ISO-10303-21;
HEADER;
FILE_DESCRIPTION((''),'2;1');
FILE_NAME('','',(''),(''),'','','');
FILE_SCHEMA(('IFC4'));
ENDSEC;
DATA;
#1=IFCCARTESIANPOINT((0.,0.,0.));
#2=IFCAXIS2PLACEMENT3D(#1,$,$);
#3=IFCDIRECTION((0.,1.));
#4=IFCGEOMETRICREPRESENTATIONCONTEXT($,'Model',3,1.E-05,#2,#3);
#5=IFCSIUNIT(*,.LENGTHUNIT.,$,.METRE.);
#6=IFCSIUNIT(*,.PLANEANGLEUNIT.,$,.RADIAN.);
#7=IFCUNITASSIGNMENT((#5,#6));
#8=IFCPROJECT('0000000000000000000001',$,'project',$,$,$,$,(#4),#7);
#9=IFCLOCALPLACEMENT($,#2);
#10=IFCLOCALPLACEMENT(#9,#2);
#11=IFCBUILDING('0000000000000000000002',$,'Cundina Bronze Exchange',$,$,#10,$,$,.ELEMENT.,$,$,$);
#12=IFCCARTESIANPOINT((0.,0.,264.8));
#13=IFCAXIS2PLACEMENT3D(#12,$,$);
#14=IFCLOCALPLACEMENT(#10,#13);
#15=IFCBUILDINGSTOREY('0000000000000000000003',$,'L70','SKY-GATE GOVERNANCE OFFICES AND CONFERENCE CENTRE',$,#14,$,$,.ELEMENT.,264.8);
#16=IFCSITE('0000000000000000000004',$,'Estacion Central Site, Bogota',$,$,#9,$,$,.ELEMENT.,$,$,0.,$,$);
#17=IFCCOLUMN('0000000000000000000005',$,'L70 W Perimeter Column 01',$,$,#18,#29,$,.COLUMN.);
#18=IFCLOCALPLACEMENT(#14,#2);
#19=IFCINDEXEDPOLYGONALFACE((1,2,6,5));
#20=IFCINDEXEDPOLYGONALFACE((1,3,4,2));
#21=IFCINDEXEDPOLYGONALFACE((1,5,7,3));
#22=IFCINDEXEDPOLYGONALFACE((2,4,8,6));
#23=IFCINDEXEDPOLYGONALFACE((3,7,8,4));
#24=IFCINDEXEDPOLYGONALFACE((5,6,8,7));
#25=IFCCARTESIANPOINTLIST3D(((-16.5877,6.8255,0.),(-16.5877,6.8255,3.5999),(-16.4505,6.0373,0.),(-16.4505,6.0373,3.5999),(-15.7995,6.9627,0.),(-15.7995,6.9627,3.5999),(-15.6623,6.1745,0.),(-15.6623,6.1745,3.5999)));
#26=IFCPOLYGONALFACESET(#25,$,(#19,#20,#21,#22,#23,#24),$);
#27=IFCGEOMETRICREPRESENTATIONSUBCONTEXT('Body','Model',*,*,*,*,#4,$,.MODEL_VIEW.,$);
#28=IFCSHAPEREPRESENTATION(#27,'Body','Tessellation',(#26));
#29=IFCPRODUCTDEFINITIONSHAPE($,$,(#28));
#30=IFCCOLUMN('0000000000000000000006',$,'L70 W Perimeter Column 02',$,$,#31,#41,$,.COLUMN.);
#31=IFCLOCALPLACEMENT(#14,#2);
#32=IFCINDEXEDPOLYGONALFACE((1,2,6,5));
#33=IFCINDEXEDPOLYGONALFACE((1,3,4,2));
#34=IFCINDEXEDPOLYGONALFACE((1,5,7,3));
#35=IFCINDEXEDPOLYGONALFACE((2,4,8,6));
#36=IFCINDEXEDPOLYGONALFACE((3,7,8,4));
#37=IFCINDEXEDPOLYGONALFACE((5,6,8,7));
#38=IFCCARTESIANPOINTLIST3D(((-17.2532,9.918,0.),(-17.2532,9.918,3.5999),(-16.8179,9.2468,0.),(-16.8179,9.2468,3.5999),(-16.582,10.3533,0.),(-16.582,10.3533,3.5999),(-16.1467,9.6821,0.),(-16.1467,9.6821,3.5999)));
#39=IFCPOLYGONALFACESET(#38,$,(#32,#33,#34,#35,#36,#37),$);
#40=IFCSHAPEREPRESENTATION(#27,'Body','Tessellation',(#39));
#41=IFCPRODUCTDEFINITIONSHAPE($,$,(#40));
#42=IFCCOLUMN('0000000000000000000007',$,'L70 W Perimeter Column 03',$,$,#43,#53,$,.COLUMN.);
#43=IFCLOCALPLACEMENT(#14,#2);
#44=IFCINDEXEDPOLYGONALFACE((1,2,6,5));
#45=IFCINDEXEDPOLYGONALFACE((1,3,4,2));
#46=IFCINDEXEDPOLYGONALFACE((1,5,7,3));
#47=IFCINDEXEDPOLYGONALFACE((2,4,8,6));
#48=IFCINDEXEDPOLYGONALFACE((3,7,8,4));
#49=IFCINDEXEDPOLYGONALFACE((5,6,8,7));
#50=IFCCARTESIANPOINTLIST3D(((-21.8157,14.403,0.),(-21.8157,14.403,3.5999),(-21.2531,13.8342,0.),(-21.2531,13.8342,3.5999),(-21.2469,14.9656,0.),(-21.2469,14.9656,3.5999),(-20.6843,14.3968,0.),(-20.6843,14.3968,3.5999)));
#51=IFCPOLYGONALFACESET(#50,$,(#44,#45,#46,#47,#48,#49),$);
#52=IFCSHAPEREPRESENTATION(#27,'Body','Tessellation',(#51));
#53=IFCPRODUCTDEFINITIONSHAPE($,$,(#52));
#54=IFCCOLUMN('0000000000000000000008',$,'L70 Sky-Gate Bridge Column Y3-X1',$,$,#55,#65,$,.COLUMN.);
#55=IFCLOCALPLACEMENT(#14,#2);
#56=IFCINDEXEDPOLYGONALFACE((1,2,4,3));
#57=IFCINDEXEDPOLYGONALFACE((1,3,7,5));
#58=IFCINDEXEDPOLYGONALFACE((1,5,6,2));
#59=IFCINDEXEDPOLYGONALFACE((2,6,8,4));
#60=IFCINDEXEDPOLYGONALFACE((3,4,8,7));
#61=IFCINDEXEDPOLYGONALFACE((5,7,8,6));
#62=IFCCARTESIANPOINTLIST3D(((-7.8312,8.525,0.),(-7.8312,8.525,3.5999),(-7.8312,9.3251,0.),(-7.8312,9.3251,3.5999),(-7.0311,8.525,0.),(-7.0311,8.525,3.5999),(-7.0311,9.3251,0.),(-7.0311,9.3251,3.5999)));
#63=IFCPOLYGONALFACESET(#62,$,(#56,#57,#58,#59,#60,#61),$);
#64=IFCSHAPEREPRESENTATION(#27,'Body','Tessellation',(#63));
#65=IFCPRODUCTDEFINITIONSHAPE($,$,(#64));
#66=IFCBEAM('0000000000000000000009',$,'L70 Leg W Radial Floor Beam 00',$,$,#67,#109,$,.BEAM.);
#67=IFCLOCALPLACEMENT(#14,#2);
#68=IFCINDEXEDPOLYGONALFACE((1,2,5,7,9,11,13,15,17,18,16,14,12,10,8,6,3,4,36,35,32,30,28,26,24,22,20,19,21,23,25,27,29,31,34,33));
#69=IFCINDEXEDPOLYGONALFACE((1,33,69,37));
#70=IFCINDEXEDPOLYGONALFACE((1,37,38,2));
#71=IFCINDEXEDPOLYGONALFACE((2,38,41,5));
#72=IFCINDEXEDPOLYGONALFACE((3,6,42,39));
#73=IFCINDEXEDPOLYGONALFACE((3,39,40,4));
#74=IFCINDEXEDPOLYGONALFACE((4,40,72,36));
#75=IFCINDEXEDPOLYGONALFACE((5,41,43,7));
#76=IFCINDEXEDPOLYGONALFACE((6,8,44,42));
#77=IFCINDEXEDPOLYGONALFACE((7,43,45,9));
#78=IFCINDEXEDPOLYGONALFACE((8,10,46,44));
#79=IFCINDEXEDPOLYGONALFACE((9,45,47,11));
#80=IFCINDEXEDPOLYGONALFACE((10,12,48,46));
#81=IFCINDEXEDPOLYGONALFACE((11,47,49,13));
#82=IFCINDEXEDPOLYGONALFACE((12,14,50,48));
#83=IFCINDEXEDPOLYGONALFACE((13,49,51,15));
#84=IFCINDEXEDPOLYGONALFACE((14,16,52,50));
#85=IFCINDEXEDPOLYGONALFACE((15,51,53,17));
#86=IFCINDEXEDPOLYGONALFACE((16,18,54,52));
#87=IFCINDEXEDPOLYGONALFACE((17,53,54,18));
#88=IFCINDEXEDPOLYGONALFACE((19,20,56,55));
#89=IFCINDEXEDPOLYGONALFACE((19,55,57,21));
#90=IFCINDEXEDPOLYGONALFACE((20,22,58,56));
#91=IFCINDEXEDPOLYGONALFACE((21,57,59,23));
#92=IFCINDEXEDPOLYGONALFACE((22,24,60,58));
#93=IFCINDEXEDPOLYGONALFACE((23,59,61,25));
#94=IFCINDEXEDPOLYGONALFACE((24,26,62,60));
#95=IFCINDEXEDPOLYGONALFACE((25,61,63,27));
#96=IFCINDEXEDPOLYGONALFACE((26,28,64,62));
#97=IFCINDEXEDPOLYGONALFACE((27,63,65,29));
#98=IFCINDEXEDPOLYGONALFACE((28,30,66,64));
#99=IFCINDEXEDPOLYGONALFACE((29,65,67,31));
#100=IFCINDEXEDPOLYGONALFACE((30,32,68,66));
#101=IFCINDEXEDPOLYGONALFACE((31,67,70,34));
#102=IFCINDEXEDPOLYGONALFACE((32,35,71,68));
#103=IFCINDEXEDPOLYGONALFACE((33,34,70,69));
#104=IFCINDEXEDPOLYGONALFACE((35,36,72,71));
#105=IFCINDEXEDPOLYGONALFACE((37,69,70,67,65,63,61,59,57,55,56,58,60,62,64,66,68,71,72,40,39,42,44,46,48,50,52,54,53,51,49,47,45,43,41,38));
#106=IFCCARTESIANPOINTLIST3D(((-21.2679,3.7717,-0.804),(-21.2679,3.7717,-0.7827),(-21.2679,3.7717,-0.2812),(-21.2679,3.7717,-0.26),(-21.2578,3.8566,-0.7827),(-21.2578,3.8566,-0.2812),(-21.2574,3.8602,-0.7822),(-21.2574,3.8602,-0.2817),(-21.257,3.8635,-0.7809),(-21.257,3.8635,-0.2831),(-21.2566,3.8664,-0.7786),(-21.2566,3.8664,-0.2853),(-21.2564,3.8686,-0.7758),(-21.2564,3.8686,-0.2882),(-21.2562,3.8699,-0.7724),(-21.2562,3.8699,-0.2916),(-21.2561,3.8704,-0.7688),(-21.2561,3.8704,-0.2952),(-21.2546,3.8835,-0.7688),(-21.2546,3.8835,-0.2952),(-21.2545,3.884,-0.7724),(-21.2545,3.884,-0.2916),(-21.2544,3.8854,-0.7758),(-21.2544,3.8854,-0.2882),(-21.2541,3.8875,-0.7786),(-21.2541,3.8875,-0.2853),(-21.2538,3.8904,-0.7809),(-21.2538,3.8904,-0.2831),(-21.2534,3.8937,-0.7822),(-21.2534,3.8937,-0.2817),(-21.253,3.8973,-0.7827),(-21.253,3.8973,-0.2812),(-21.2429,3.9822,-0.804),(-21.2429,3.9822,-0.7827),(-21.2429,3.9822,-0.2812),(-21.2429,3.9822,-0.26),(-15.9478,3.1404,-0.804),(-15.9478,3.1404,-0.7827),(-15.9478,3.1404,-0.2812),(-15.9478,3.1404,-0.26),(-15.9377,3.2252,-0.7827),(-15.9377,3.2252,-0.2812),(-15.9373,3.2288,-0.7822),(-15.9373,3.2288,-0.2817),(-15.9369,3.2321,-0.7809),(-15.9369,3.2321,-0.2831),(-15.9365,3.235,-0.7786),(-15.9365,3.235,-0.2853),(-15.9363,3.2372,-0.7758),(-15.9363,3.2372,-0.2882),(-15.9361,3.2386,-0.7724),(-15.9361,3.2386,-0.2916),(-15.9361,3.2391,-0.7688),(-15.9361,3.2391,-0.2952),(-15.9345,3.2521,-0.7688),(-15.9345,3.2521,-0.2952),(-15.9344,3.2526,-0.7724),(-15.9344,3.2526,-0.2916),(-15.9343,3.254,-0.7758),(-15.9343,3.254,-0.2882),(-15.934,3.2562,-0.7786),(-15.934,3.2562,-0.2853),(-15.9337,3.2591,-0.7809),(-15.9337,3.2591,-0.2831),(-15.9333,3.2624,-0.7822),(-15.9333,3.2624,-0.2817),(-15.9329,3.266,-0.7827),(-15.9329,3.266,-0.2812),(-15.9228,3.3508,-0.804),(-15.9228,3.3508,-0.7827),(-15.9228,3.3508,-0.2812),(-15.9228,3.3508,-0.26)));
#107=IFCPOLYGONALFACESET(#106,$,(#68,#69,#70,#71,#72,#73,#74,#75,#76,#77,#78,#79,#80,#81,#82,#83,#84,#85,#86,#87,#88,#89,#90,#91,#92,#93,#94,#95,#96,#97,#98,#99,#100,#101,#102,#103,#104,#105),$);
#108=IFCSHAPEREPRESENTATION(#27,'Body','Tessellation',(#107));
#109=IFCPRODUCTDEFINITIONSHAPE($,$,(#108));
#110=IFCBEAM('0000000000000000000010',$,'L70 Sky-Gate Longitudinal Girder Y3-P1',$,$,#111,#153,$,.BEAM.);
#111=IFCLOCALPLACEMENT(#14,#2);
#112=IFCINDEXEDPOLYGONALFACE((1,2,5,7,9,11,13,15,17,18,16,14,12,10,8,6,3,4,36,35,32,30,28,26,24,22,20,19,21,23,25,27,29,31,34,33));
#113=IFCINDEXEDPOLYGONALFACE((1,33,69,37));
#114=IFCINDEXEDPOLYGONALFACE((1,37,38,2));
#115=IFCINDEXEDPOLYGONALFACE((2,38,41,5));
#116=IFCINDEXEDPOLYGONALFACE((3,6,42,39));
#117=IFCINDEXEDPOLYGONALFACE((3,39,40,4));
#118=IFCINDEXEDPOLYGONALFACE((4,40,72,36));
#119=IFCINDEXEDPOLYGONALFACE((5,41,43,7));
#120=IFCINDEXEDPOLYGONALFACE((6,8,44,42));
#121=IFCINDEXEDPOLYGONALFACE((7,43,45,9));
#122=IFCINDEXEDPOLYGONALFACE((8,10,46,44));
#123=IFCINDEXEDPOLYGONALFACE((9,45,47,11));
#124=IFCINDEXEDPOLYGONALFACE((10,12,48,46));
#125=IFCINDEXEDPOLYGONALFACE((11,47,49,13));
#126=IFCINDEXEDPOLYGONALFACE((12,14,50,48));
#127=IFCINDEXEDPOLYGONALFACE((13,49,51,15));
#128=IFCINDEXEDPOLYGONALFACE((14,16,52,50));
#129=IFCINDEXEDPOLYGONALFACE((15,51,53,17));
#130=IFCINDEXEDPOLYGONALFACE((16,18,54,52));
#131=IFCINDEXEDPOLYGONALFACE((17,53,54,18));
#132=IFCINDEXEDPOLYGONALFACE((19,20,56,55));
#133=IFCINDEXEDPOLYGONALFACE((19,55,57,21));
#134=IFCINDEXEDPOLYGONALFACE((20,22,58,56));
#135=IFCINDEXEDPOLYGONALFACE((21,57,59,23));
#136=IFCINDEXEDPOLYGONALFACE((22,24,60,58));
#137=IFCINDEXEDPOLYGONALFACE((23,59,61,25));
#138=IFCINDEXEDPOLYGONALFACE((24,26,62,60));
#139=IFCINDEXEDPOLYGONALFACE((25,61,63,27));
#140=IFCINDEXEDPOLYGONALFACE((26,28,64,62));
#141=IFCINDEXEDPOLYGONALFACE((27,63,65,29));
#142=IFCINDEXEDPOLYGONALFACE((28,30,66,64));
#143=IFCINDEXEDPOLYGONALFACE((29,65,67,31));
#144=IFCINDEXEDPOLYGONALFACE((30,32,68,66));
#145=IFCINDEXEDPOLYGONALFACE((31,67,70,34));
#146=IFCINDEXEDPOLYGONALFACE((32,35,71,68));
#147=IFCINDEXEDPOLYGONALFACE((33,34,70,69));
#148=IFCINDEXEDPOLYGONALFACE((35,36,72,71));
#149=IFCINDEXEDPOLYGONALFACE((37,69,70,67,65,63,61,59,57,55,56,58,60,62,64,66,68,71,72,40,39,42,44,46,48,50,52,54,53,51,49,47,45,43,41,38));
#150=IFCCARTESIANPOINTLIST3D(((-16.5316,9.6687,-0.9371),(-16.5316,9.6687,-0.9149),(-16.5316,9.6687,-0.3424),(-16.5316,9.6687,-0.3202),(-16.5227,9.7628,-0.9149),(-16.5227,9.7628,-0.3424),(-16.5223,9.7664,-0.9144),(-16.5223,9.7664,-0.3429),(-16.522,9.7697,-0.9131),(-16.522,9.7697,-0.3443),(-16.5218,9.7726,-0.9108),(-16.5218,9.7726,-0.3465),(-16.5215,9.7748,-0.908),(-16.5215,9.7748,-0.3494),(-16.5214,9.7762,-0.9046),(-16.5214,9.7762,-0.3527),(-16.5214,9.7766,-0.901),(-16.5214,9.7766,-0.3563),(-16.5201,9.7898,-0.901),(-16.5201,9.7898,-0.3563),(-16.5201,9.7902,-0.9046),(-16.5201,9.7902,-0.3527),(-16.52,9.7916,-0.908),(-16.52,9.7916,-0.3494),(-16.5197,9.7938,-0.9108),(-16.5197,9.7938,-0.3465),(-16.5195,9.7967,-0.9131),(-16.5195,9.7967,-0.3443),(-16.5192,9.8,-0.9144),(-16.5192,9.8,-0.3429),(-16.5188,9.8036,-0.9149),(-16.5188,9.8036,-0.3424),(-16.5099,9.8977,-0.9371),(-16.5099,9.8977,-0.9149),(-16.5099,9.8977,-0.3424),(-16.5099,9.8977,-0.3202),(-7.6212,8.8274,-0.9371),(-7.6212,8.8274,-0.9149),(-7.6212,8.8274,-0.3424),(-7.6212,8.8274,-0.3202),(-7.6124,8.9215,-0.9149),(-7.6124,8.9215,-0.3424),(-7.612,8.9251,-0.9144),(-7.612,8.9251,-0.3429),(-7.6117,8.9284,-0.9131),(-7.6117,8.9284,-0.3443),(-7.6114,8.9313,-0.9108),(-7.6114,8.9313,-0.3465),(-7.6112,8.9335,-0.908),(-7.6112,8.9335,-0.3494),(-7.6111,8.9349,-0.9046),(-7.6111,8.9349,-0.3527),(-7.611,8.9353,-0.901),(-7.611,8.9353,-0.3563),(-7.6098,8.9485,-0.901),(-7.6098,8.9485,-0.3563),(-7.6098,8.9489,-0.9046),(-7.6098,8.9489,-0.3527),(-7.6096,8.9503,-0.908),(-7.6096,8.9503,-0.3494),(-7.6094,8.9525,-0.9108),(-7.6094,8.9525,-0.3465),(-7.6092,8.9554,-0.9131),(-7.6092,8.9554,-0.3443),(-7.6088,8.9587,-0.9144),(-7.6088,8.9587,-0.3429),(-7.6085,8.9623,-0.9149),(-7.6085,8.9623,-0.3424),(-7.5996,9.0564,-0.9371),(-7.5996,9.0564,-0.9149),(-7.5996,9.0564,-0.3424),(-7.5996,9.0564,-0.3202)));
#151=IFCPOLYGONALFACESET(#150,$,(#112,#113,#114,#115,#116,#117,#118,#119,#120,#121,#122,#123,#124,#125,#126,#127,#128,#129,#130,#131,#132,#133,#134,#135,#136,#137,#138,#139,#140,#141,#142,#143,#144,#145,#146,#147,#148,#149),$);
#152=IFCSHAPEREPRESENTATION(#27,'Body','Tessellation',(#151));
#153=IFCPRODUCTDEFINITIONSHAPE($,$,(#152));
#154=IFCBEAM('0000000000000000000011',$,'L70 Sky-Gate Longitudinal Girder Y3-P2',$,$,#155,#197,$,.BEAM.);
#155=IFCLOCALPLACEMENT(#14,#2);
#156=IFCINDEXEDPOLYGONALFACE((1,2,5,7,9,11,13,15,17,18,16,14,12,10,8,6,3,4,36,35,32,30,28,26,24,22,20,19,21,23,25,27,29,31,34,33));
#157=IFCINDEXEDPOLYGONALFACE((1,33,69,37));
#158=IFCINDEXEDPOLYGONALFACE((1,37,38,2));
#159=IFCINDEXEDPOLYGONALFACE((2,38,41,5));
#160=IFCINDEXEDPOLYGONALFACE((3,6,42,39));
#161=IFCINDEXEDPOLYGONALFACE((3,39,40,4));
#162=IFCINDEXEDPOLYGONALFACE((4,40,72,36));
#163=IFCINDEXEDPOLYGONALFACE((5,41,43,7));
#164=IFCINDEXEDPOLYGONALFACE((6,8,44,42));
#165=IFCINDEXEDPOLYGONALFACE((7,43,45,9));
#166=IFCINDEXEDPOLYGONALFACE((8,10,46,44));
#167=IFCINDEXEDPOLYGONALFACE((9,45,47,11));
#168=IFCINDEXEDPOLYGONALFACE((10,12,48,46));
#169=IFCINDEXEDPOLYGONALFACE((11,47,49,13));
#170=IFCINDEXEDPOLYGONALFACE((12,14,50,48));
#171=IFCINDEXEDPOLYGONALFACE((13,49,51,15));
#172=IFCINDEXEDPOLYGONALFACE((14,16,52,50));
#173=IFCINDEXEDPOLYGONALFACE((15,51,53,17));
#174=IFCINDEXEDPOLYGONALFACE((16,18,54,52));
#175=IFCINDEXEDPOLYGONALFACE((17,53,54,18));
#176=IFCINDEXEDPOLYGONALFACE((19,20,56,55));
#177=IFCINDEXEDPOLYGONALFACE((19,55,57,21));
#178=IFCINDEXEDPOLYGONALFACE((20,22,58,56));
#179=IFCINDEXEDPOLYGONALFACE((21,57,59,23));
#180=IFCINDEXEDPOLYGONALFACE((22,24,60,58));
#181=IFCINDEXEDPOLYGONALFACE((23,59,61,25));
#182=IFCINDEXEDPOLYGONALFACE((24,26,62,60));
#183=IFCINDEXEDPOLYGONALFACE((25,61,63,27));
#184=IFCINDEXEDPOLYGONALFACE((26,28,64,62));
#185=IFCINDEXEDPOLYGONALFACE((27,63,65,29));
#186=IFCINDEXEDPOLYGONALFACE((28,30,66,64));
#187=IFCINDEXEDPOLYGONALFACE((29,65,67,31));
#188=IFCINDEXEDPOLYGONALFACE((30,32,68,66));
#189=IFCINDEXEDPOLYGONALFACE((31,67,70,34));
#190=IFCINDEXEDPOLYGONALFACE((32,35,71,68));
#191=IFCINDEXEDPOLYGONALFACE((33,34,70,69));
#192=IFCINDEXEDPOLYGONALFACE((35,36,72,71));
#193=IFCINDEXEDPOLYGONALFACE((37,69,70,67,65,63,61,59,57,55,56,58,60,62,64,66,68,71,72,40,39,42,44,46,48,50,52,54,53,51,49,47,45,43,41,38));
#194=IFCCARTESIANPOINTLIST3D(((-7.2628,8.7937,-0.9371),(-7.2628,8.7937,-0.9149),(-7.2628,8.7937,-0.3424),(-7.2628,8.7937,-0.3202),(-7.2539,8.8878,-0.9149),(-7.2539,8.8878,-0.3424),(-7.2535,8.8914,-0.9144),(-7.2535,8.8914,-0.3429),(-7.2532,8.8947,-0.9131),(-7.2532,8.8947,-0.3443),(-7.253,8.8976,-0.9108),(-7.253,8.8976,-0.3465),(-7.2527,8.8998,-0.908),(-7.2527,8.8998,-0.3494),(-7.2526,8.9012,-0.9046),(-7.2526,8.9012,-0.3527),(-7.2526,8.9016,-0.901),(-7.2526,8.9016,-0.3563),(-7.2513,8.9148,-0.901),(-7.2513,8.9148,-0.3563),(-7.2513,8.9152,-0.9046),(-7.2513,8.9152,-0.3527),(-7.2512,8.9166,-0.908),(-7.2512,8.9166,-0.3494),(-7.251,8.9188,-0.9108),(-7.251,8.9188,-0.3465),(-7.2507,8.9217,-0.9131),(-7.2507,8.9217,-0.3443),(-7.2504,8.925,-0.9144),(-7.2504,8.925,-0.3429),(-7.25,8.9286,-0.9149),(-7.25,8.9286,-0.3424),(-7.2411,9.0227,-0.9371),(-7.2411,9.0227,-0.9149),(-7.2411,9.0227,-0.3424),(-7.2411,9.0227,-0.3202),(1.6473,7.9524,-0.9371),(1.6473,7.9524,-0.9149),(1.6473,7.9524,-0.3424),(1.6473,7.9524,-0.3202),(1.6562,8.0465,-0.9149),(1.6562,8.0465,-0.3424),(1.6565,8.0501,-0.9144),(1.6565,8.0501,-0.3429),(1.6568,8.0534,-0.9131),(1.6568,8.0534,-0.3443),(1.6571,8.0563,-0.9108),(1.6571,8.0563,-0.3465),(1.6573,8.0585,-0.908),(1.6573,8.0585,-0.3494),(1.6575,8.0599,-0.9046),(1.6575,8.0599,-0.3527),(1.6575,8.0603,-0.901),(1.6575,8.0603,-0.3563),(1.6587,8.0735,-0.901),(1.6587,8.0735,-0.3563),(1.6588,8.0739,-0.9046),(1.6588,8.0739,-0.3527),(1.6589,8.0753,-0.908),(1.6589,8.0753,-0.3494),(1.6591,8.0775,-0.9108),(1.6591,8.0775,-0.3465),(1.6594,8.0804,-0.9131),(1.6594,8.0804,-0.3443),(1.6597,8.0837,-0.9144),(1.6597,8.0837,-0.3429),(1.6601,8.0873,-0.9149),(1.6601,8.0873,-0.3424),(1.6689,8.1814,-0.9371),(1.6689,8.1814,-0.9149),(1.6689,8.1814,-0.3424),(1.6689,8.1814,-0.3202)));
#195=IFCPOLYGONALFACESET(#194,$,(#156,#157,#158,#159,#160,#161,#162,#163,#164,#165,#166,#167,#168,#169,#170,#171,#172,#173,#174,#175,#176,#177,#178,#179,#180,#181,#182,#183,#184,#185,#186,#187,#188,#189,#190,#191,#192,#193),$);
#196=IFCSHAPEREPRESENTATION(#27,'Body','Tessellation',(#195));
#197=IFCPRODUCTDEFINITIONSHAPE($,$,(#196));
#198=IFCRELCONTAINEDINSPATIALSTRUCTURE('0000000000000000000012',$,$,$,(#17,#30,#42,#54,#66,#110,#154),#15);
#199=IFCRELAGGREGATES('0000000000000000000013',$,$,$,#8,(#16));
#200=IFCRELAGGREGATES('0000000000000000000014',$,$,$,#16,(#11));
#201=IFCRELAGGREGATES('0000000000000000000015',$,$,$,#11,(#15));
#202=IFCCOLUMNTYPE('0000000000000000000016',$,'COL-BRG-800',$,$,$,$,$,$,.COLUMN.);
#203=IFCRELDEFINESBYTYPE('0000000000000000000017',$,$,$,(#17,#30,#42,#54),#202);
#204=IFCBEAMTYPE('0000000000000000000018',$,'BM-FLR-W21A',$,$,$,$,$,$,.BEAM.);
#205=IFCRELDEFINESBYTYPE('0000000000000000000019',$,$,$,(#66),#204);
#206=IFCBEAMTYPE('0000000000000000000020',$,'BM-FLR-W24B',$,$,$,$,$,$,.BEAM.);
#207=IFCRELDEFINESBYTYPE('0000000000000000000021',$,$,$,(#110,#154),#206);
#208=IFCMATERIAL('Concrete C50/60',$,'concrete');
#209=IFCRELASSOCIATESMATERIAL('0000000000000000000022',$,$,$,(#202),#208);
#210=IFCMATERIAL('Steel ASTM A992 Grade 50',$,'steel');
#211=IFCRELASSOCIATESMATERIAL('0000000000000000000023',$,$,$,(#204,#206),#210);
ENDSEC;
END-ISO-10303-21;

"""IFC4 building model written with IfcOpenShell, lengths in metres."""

from ifc_helpers import new_model, si_unit, direction, frame, origin, origin_2d, place, context, subcontext, project, spatial, rectangle, i_section, extrude, material, material_profile, profile_set, type_object, element, save


model = new_model("IFC4")

# Units and contexts
model_context = context("Model", 3, precision=1e-05, world=origin(), true_north=direction((0.0, 1.0)))
body_context = subcontext(model_context, "Body", "Model", "MODEL_VIEW")
ifc_project = project(units=[si_unit("LENGTHUNIT", "METRE"), si_unit("PLANEANGLEUNIT", "RADIAN")], contexts=[model_context])

# Site, building, storey
site_placement = place(None, origin())
site = spatial("IfcSite", under=ifc_project, at=site_placement, Name="Estacion Central Site, Bogota", CompositionType="ELEMENT", RefElevation=0.0)
building_placement = place(site_placement, origin())
building = spatial("IfcBuilding", under=site, at=building_placement, Name="Cundina Bronze Exchange", CompositionType="ELEMENT")
storey_placement = place(building_placement, frame((0.0, 0.0, 264.8)))
storey = spatial("IfcBuildingStorey", under=building, at=storey_placement, Name="L70", Description="SKY-GATE GOVERNANCE OFFICES AND CONFERENCE CENTRE", CompositionType="ELEMENT", Elevation=264.8)

# Columns
ifc_material_1 = material(Name="Concrete C50/60", Category="concrete")
ifc_material_profile_1 = material_profile(ifc_material_1, rectangle(XDim=0.8, YDim=0.8, at=origin_2d()), Name="RC800X800", Category="concrete")
ifc_profile_set_1 = profile_set([ifc_material_profile_1], Name="Concrete C50/60")
column_type = type_object("IfcColumnType", Name="COL-BRG-800", PredefinedType="COLUMN", material=ifc_profile_set_1)
for number, where, z_axis, x_axis, name in (
    (1, (-16.125, 6.5, 0.0), (0.0, 0.0, 1.0), (-0.171585, 0.985169, 0.0), "L70 W Perimeter Column 01"),
    (2, (-16.7, 9.8, 0.0), (0.0, 0.0, 1.0), (-0.5442, 0.838956, 0.0), "L70 W Perimeter Column 02"),
    (3, (-21.25, 14.3999, 0.0), (0.0, 0.0, 1.0), (-0.703271, 0.710922, 0.0), "L70 W Perimeter Column 03"),
    (4, (-7.4312, 8.925, 0.0), (0.0, 0.0, 1.0), (1.0, 0.0, 0.0), "L70 Sky-Gate Bridge Column Y3-X1"),
):
    element("IfcColumn", number, at=place(storey_placement, frame(where, z_axis=z_axis, x_axis=x_axis)), inside=storey, type_object=column_type, Name=name, PredefinedType="COLUMN", context=body_context, shape_type="SweptSolid", body=[
        extrude(rectangle(XDim=0.8, YDim=0.8, at=origin_2d()), origin(), (0.0, 0.0, 1.0), 3.5999),
    ])

# Beams
ifc_material_2 = material(Name="Steel ASTM A992 Grade 50", Category="steel")
ifc_material_profile_2 = material_profile(ifc_material_2, i_section(OverallWidth=0.2119, OverallDepth=0.5439, WebThickness=0.0132, FlangeThickness=0.0212, FilletRadius=0.0139, at=origin_2d()), Name="W21X83", Category="steel")
ifc_profile_set_2 = profile_set([ifc_material_profile_2], Name="Steel ASTM A992 Grade 50")
beam_type_1 = type_object("IfcBeamType", Name="BM-FLR-W21A", PredefinedType="BEAM", material=ifc_profile_set_2)
beam_1_placement = place(storey_placement, frame((-21.2554, 3.877, -0.532), z_axis=(0.993032, -0.117846, 0.0), x_axis=(0.117846, 0.993032, 0.0)))
element("IfcBeam", 5, at=beam_1_placement, inside=storey, type_object=beam_type_1, Name="L70 Leg W Radial Floor Beam 00", PredefinedType="BEAM", context=body_context, shape_type="SweptSolid", body=[
    extrude(i_section(OverallWidth=0.2119, OverallDepth=0.5439, WebThickness=0.0132, FlangeThickness=0.0212, FilletRadius=0.0139, at=origin_2d()), origin(), (0.0, 0.0, 1.0), 5.3574),
])
ifc_material_profile_3 = material_profile(ifc_material_2, i_section(OverallWidth=0.23, OverallDepth=0.6169, WebThickness=0.0132, FlangeThickness=0.0222, FilletRadius=0.0139, at=origin_2d()), Name="W24X94", Category="steel")
ifc_profile_set_3 = profile_set([ifc_material_profile_3], Name="Steel ASTM A992 Grade 50")
beam_type_2 = type_object("IfcBeamType", Name="BM-FLR-W24B", PredefinedType="BEAM", material=ifc_profile_set_3)
beam_2_placement = place(storey_placement, frame((-16.5208, 9.7832, -0.6287), z_axis=(0.995572, -0.094001, 0.0), x_axis=(0.094001, 0.995572, 0.0)))
element("IfcBeam", 6, at=beam_2_placement, inside=storey, type_object=beam_type_2, Name="L70 Sky-Gate Longitudinal Girder Y3-P1", PredefinedType="BEAM", context=body_context, shape_type="SweptSolid", body=[
    extrude(i_section(OverallWidth=0.23, OverallDepth=0.6169, WebThickness=0.0132, FlangeThickness=0.0222, FilletRadius=0.0139, at=origin_2d()), origin(), (0.0, 0.0, 1.0), 8.95),
])
beam_3_placement = place(storey_placement, frame((-7.252, 8.9082, -0.6287), z_axis=(0.995572, -0.094003, 0.0), x_axis=(0.094003, 0.995572, 0.0)))
element("IfcBeam", 7, at=beam_3_placement, inside=storey, type_object=beam_type_2, Name="L70 Sky-Gate Longitudinal Girder Y3-P2", PredefinedType="BEAM", context=body_context, shape_type="SweptSolid", body=[
    extrude(i_section(OverallWidth=0.23, OverallDepth=0.6169, WebThickness=0.0132, FlangeThickness=0.0222, FilletRadius=0.0139, at=origin_2d()), origin(), (0.0, 0.0, 1.0), 8.9497),
])

save(model, "model.ifc")
